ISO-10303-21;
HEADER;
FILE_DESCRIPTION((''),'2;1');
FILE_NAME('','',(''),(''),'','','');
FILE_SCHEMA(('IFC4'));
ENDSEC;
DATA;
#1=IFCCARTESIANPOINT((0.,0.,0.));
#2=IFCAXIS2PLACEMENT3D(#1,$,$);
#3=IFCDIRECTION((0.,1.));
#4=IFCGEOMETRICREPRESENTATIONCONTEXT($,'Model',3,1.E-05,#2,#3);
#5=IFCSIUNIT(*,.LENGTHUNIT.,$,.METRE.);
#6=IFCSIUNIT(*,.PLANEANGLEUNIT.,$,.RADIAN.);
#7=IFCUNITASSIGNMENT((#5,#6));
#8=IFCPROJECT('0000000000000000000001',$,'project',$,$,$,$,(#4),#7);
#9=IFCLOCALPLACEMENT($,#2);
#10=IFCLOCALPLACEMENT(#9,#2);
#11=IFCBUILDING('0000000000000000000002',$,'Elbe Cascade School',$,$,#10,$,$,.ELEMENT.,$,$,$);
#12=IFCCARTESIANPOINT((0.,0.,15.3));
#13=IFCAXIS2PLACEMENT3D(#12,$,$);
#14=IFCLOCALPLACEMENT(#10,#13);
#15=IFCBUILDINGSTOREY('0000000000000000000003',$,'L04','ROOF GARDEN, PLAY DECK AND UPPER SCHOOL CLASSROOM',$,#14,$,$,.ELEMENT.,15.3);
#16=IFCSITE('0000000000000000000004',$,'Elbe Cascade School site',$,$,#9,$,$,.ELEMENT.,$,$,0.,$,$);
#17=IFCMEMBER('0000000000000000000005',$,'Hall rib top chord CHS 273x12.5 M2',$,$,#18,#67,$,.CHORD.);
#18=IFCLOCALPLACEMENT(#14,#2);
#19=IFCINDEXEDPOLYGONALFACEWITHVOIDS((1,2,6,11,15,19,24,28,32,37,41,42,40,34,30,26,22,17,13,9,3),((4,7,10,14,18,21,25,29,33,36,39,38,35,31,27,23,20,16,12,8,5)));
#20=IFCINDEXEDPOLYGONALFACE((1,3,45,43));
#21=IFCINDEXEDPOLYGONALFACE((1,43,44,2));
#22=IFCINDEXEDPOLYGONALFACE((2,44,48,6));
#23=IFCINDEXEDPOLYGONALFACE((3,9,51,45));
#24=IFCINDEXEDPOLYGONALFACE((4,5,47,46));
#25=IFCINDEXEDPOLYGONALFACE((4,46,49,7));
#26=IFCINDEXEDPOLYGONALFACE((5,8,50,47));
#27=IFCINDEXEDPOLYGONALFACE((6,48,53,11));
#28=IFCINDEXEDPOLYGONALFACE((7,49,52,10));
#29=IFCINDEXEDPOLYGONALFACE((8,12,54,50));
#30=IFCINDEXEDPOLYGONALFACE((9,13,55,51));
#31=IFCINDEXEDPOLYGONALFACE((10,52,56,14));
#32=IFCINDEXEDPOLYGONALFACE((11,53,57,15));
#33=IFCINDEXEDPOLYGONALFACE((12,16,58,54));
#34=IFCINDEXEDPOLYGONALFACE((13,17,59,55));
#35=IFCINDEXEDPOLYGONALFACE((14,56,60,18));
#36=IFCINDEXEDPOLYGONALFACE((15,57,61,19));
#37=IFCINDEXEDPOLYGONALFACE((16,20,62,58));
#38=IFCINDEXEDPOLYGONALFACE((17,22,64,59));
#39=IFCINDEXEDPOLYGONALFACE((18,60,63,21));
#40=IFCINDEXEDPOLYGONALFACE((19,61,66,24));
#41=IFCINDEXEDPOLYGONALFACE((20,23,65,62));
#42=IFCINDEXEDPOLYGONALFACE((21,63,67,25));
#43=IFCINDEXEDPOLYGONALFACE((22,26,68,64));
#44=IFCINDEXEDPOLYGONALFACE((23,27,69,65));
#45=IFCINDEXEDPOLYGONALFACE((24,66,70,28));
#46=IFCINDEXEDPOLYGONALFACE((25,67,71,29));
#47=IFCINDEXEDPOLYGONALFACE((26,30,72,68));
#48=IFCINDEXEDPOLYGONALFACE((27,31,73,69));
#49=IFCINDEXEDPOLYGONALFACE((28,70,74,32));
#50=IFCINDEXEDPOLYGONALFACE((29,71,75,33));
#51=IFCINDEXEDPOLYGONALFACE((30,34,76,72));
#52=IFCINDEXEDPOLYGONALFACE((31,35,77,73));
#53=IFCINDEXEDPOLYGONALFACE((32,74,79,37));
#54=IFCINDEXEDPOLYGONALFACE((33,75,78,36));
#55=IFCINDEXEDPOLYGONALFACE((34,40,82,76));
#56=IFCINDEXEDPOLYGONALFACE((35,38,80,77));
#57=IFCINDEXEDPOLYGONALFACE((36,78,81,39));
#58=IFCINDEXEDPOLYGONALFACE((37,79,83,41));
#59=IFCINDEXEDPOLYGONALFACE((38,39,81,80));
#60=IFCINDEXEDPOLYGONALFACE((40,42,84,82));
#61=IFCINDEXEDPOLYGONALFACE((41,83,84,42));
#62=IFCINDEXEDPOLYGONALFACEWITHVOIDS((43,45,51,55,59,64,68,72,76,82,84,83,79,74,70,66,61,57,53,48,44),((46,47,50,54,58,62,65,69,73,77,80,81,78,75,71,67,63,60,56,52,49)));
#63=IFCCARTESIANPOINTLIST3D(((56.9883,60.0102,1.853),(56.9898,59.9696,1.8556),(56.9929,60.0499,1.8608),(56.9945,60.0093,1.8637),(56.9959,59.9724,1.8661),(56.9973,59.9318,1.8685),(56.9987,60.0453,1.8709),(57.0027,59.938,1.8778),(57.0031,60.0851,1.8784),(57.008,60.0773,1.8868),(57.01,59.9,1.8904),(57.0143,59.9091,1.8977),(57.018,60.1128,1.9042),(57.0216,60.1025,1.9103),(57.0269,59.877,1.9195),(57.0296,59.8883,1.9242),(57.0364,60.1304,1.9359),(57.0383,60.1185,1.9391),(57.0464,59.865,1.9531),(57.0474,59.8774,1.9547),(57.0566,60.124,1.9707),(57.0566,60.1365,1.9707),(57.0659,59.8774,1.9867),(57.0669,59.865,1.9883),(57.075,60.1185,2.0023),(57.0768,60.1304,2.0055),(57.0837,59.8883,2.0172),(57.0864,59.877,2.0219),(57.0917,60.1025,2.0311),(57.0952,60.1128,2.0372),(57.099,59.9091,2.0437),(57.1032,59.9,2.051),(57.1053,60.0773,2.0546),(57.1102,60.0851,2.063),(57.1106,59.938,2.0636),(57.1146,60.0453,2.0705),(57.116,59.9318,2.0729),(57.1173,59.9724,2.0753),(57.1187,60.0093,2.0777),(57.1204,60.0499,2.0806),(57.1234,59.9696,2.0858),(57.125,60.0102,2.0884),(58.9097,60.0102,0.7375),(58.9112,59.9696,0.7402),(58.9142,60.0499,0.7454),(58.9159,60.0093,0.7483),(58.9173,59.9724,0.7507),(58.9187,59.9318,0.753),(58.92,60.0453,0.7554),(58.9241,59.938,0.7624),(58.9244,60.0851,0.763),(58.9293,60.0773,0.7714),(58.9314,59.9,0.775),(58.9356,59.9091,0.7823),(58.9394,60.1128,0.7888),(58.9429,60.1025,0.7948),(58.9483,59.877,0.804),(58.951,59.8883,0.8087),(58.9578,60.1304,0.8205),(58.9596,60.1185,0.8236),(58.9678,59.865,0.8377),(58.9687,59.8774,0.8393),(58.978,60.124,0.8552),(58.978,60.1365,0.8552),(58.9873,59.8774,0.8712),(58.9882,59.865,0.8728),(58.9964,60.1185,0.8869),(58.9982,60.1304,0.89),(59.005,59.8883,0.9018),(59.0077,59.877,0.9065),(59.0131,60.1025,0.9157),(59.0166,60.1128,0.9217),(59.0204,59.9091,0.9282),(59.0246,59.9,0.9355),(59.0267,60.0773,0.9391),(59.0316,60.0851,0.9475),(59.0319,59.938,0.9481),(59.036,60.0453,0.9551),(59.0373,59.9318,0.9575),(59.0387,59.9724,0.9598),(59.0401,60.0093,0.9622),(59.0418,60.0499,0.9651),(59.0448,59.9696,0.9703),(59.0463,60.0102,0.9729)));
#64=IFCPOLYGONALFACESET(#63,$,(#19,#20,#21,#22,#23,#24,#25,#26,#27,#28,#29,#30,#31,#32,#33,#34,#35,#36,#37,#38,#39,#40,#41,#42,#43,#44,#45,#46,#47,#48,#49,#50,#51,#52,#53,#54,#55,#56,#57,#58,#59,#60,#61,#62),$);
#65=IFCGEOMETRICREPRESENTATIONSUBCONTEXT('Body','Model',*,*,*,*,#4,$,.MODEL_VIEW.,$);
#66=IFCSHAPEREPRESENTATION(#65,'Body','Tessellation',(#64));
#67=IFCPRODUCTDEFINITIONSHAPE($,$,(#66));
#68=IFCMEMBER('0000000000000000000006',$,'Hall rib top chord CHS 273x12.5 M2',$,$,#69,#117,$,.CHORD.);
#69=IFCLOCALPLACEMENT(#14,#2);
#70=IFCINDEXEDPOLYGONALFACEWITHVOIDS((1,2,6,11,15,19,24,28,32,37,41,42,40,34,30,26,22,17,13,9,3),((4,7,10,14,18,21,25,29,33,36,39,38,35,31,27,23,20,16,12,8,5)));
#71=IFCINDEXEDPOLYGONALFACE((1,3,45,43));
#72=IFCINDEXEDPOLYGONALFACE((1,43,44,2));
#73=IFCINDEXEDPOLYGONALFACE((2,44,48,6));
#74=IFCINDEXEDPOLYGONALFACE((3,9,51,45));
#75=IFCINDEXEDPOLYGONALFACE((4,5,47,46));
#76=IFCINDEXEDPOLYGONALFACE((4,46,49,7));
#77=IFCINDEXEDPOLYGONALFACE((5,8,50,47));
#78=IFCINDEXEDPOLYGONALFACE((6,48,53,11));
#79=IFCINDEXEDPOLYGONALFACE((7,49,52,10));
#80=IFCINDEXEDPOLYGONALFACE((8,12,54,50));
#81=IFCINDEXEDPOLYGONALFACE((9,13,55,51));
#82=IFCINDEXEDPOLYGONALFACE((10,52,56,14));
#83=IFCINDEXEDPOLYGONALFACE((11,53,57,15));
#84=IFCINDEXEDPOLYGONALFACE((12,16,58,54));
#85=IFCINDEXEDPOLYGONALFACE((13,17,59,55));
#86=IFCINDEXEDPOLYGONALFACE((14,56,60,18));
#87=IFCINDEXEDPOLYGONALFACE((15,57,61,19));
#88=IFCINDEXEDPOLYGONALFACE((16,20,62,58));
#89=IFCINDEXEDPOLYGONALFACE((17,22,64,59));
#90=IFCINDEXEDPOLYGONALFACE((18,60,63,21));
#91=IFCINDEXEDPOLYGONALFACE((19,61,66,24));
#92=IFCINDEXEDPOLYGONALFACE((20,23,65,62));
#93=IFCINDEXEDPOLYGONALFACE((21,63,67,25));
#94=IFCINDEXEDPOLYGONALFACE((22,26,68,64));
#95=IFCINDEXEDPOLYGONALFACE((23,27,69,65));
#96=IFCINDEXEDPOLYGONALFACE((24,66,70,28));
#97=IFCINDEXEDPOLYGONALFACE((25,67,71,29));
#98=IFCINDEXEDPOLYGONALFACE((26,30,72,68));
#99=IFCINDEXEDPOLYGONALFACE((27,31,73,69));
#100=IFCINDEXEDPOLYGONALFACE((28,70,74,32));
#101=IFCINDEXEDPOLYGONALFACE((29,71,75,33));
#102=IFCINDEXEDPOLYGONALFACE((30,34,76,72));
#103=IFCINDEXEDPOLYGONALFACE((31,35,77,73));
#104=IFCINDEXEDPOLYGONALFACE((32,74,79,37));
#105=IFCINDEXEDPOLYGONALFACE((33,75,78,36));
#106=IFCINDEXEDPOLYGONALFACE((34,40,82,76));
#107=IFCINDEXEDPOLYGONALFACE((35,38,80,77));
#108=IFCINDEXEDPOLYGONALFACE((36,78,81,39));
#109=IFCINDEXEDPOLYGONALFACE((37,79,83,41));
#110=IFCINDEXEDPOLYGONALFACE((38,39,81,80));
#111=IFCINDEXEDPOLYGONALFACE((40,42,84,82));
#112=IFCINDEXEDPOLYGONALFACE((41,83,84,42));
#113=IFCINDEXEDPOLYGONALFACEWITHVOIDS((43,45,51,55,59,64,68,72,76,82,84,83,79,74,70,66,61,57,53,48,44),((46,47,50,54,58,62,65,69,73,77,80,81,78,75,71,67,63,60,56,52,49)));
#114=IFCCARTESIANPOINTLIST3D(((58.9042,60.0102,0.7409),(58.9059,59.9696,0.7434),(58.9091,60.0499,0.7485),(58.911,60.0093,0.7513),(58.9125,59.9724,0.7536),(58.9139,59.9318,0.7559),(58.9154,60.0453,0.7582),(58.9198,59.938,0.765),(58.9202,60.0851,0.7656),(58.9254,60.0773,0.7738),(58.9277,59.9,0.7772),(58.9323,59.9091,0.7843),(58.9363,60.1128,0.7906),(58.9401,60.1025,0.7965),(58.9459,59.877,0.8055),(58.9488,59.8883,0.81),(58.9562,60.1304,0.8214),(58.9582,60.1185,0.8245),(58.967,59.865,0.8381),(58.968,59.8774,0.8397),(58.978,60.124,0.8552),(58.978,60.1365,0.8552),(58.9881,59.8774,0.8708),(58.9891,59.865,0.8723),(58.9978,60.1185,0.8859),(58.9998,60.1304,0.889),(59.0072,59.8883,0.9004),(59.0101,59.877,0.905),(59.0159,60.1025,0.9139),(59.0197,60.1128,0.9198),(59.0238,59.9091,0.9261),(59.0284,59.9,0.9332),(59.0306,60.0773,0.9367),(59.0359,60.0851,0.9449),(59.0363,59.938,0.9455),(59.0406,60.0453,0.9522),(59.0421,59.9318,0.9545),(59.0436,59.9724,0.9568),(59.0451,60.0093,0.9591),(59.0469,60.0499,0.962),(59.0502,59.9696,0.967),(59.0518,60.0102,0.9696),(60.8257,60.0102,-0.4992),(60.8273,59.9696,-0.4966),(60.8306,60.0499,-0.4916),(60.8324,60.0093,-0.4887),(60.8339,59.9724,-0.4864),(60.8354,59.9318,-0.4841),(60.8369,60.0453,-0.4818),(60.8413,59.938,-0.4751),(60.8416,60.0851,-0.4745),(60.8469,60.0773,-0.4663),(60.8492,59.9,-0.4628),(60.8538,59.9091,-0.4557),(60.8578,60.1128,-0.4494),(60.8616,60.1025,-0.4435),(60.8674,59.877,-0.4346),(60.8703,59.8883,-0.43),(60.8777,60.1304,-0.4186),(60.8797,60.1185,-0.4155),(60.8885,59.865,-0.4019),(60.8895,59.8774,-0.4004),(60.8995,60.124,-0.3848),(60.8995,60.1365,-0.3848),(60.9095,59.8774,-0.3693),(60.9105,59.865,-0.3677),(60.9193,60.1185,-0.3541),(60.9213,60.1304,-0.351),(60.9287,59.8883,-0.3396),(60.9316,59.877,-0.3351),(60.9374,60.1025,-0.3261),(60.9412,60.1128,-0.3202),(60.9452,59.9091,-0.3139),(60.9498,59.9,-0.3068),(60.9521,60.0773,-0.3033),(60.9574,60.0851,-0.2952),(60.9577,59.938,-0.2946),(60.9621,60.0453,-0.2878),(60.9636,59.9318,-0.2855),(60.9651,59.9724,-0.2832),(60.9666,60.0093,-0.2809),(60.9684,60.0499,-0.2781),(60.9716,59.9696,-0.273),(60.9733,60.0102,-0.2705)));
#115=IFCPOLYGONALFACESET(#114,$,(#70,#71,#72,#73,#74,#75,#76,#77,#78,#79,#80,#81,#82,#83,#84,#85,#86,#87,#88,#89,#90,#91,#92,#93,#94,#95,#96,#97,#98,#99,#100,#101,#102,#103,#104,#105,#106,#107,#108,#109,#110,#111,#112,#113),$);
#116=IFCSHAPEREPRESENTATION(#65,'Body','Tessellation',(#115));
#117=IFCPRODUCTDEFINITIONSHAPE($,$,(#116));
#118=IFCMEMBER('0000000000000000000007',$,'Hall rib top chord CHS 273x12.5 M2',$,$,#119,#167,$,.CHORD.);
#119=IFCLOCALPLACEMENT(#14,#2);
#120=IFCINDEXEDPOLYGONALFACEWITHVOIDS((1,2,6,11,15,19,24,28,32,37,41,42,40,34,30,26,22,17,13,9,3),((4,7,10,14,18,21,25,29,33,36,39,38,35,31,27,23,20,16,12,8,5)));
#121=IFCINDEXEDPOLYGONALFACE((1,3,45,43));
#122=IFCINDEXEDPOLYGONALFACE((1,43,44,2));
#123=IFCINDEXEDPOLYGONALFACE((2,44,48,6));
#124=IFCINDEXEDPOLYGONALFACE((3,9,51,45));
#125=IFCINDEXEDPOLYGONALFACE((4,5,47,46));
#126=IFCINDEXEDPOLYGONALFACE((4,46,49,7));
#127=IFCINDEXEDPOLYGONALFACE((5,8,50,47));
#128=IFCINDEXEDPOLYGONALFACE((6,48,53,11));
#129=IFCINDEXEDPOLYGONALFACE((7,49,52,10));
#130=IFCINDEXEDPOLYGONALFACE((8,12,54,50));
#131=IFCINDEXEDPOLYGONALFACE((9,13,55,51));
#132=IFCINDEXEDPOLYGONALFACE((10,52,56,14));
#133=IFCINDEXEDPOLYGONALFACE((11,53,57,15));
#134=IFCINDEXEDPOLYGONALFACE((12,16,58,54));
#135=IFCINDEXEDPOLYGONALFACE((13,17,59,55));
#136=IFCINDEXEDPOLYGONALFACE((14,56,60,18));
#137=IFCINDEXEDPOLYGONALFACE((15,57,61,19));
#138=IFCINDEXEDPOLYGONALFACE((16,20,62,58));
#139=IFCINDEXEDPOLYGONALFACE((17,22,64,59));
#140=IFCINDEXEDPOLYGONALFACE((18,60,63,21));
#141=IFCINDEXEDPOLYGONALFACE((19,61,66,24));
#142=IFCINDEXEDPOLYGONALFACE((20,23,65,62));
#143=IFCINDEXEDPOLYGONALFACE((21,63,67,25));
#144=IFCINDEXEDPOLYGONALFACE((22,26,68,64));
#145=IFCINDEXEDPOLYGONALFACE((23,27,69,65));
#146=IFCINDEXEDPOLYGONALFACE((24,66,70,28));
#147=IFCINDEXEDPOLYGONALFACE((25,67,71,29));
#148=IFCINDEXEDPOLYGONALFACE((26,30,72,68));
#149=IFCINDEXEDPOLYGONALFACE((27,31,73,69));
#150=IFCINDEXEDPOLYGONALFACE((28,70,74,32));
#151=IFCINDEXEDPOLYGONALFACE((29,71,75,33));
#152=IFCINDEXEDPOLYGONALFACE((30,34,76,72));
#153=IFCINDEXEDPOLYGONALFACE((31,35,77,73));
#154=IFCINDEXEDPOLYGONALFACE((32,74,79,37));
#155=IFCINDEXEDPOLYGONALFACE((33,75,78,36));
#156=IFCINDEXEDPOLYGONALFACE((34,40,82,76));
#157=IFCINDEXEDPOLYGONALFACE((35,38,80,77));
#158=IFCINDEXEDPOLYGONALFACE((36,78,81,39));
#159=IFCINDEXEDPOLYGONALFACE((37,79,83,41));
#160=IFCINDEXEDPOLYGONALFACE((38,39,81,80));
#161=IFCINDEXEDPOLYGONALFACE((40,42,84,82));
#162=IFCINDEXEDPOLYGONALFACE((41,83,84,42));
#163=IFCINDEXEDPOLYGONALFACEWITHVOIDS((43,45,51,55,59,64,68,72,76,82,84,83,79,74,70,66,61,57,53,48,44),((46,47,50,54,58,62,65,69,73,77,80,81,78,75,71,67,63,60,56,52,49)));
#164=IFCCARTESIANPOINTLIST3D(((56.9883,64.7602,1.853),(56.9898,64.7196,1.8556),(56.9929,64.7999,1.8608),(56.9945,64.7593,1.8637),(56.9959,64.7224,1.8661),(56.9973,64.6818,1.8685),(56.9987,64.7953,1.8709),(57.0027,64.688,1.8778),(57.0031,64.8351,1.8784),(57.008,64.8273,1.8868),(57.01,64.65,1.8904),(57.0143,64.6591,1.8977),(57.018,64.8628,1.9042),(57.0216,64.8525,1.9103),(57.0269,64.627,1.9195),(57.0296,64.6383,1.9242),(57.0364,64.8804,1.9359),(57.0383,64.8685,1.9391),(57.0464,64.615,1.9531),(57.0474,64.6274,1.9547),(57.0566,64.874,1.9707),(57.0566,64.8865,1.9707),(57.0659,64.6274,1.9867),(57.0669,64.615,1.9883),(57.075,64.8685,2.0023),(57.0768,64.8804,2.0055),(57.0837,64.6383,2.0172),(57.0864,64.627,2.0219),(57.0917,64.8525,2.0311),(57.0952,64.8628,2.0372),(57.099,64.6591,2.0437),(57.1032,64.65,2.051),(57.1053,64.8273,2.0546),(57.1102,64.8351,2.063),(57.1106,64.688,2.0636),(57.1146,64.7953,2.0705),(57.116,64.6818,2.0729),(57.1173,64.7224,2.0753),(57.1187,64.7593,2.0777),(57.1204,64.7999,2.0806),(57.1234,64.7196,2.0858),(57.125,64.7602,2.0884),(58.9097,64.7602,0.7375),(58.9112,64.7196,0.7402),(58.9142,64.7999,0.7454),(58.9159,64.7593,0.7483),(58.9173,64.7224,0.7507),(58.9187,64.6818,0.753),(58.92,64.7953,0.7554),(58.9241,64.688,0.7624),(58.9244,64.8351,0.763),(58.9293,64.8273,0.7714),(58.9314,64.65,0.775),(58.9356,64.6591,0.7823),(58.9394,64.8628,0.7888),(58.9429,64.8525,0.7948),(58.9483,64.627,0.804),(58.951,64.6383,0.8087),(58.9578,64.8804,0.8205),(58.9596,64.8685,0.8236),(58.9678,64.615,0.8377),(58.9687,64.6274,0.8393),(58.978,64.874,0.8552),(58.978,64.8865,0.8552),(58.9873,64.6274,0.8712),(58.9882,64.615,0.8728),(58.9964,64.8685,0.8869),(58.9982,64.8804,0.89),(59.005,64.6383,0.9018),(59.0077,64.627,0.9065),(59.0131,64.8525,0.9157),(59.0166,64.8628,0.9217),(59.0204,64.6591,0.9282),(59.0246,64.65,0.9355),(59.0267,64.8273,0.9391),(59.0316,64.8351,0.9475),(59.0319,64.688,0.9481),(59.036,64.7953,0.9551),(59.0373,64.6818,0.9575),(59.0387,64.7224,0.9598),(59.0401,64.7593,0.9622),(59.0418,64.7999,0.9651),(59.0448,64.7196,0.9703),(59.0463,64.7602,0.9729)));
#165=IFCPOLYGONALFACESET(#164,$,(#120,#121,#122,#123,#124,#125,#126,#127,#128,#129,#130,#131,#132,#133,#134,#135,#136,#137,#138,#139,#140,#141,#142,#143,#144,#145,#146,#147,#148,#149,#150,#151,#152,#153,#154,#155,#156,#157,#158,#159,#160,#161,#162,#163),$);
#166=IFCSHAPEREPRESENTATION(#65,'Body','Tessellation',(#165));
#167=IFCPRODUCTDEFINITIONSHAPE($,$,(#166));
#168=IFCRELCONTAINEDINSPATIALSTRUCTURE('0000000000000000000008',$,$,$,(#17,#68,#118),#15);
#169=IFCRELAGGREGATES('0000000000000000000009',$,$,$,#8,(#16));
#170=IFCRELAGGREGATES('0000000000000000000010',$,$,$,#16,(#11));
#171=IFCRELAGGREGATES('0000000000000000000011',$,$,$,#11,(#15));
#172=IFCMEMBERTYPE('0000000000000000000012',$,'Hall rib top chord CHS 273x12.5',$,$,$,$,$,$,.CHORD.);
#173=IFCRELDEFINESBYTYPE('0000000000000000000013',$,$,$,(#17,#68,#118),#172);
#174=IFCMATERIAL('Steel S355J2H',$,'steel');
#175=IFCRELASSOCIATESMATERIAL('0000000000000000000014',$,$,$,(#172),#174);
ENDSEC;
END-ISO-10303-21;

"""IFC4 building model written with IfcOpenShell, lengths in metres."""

from ifc_helpers import new_model, si_unit, direction, frame, origin, origin_2d, place, context, subcontext, project, spatial, hollow_circle, extrude, material, material_profile, profile_set, type_object, element, save


model = new_model("IFC4")

# Units and contexts
model_context = context("Model", 3, precision=1e-05, world=origin(), true_north=direction((0.0, 1.0)))
body_context = subcontext(model_context, "Body", "Model", "MODEL_VIEW")
ifc_project = project(units=[si_unit("LENGTHUNIT", "METRE"), si_unit("PLANEANGLEUNIT", "RADIAN")], contexts=[model_context])

# Site, building, storey
site_placement = place(None, origin())
site = spatial("IfcSite", under=ifc_project, at=site_placement, Name="Elbe Cascade School site", CompositionType="ELEMENT", RefElevation=0.0)
building_placement = place(site_placement, origin())
building = spatial("IfcBuilding", under=site, at=building_placement, Name="Elbe Cascade School", CompositionType="ELEMENT")
storey_placement = place(building_placement, frame((0.0, 0.0, 15.3)))
storey = spatial("IfcBuildingStorey", under=building, at=storey_placement, Name="L04", Description="ROOF GARDEN, PLAY DECK AND UPPER SCHOOL CLASSROOM", CompositionType="ELEMENT", Elevation=15.3)

# Members
ifc_material_1 = material(Name="Steel S355J2H", Category="steel")
ifc_material_profile_1 = material_profile(ifc_material_1, hollow_circle(Radius=0.1365, WallThickness=0.0125, at=origin_2d()), Name="CHS 273x12.5")
ifc_profile_set_1 = profile_set([ifc_material_profile_1], Name="Steel S355J2H")
member_type_1 = type_object("IfcMemberType", Name="Hall rib top chord CHS 273x12.5", PredefinedType="CHORD", material=ifc_profile_set_1)
member_1_placement = place(storey_placement, frame((57.0566, 60.0, 1.9707), z_axis=(0.864821, 0.0, -0.50208), x_axis=(0.0, 1.0, 0.0)))
element("IfcMember", 1, at=member_1_placement, inside=storey, type_object=member_type_1, Name="Hall rib top chord CHS 273x12.5 M2", PredefinedType="CHORD", context=body_context, shape_type="SweptSolid", body=[
    extrude(hollow_circle(Radius=0.1365, WallThickness=0.0125, at=origin_2d()), origin(), (0.0, 0.0, 1.0), 2.2217),
])
member_2_placement = place(storey_placement, frame((58.978, 60.0, 0.8552), z_axis=(0.84022, 0.0, -0.542246), x_axis=(0.0, 1.0, 0.0)))
element("IfcMember", 2, at=member_2_placement, inside=storey, type_object=member_type_1, Name="Hall rib top chord CHS 273x12.5 M2", PredefinedType="CHORD", context=body_context, shape_type="SweptSolid", body=[
    extrude(hollow_circle(Radius=0.1365, WallThickness=0.0125, at=origin_2d()), origin(), (0.0, 0.0, 1.0), 2.2869),
])
member_3_placement = place(storey_placement, frame((57.0566, 64.75, 1.9707), z_axis=(0.864821, 0.0, -0.50208), x_axis=(0.0, 1.0, 0.0)))
element("IfcMember", 3, at=member_3_placement, inside=storey, type_object=member_type_1, Name="Hall rib top chord CHS 273x12.5 M2", PredefinedType="CHORD", context=body_context, shape_type="SweptSolid", body=[
    extrude(hollow_circle(Radius=0.1365, WallThickness=0.0125, at=origin_2d()), origin(), (0.0, 0.0, 1.0), 2.2217),
])

save(model, "model.ifc")
